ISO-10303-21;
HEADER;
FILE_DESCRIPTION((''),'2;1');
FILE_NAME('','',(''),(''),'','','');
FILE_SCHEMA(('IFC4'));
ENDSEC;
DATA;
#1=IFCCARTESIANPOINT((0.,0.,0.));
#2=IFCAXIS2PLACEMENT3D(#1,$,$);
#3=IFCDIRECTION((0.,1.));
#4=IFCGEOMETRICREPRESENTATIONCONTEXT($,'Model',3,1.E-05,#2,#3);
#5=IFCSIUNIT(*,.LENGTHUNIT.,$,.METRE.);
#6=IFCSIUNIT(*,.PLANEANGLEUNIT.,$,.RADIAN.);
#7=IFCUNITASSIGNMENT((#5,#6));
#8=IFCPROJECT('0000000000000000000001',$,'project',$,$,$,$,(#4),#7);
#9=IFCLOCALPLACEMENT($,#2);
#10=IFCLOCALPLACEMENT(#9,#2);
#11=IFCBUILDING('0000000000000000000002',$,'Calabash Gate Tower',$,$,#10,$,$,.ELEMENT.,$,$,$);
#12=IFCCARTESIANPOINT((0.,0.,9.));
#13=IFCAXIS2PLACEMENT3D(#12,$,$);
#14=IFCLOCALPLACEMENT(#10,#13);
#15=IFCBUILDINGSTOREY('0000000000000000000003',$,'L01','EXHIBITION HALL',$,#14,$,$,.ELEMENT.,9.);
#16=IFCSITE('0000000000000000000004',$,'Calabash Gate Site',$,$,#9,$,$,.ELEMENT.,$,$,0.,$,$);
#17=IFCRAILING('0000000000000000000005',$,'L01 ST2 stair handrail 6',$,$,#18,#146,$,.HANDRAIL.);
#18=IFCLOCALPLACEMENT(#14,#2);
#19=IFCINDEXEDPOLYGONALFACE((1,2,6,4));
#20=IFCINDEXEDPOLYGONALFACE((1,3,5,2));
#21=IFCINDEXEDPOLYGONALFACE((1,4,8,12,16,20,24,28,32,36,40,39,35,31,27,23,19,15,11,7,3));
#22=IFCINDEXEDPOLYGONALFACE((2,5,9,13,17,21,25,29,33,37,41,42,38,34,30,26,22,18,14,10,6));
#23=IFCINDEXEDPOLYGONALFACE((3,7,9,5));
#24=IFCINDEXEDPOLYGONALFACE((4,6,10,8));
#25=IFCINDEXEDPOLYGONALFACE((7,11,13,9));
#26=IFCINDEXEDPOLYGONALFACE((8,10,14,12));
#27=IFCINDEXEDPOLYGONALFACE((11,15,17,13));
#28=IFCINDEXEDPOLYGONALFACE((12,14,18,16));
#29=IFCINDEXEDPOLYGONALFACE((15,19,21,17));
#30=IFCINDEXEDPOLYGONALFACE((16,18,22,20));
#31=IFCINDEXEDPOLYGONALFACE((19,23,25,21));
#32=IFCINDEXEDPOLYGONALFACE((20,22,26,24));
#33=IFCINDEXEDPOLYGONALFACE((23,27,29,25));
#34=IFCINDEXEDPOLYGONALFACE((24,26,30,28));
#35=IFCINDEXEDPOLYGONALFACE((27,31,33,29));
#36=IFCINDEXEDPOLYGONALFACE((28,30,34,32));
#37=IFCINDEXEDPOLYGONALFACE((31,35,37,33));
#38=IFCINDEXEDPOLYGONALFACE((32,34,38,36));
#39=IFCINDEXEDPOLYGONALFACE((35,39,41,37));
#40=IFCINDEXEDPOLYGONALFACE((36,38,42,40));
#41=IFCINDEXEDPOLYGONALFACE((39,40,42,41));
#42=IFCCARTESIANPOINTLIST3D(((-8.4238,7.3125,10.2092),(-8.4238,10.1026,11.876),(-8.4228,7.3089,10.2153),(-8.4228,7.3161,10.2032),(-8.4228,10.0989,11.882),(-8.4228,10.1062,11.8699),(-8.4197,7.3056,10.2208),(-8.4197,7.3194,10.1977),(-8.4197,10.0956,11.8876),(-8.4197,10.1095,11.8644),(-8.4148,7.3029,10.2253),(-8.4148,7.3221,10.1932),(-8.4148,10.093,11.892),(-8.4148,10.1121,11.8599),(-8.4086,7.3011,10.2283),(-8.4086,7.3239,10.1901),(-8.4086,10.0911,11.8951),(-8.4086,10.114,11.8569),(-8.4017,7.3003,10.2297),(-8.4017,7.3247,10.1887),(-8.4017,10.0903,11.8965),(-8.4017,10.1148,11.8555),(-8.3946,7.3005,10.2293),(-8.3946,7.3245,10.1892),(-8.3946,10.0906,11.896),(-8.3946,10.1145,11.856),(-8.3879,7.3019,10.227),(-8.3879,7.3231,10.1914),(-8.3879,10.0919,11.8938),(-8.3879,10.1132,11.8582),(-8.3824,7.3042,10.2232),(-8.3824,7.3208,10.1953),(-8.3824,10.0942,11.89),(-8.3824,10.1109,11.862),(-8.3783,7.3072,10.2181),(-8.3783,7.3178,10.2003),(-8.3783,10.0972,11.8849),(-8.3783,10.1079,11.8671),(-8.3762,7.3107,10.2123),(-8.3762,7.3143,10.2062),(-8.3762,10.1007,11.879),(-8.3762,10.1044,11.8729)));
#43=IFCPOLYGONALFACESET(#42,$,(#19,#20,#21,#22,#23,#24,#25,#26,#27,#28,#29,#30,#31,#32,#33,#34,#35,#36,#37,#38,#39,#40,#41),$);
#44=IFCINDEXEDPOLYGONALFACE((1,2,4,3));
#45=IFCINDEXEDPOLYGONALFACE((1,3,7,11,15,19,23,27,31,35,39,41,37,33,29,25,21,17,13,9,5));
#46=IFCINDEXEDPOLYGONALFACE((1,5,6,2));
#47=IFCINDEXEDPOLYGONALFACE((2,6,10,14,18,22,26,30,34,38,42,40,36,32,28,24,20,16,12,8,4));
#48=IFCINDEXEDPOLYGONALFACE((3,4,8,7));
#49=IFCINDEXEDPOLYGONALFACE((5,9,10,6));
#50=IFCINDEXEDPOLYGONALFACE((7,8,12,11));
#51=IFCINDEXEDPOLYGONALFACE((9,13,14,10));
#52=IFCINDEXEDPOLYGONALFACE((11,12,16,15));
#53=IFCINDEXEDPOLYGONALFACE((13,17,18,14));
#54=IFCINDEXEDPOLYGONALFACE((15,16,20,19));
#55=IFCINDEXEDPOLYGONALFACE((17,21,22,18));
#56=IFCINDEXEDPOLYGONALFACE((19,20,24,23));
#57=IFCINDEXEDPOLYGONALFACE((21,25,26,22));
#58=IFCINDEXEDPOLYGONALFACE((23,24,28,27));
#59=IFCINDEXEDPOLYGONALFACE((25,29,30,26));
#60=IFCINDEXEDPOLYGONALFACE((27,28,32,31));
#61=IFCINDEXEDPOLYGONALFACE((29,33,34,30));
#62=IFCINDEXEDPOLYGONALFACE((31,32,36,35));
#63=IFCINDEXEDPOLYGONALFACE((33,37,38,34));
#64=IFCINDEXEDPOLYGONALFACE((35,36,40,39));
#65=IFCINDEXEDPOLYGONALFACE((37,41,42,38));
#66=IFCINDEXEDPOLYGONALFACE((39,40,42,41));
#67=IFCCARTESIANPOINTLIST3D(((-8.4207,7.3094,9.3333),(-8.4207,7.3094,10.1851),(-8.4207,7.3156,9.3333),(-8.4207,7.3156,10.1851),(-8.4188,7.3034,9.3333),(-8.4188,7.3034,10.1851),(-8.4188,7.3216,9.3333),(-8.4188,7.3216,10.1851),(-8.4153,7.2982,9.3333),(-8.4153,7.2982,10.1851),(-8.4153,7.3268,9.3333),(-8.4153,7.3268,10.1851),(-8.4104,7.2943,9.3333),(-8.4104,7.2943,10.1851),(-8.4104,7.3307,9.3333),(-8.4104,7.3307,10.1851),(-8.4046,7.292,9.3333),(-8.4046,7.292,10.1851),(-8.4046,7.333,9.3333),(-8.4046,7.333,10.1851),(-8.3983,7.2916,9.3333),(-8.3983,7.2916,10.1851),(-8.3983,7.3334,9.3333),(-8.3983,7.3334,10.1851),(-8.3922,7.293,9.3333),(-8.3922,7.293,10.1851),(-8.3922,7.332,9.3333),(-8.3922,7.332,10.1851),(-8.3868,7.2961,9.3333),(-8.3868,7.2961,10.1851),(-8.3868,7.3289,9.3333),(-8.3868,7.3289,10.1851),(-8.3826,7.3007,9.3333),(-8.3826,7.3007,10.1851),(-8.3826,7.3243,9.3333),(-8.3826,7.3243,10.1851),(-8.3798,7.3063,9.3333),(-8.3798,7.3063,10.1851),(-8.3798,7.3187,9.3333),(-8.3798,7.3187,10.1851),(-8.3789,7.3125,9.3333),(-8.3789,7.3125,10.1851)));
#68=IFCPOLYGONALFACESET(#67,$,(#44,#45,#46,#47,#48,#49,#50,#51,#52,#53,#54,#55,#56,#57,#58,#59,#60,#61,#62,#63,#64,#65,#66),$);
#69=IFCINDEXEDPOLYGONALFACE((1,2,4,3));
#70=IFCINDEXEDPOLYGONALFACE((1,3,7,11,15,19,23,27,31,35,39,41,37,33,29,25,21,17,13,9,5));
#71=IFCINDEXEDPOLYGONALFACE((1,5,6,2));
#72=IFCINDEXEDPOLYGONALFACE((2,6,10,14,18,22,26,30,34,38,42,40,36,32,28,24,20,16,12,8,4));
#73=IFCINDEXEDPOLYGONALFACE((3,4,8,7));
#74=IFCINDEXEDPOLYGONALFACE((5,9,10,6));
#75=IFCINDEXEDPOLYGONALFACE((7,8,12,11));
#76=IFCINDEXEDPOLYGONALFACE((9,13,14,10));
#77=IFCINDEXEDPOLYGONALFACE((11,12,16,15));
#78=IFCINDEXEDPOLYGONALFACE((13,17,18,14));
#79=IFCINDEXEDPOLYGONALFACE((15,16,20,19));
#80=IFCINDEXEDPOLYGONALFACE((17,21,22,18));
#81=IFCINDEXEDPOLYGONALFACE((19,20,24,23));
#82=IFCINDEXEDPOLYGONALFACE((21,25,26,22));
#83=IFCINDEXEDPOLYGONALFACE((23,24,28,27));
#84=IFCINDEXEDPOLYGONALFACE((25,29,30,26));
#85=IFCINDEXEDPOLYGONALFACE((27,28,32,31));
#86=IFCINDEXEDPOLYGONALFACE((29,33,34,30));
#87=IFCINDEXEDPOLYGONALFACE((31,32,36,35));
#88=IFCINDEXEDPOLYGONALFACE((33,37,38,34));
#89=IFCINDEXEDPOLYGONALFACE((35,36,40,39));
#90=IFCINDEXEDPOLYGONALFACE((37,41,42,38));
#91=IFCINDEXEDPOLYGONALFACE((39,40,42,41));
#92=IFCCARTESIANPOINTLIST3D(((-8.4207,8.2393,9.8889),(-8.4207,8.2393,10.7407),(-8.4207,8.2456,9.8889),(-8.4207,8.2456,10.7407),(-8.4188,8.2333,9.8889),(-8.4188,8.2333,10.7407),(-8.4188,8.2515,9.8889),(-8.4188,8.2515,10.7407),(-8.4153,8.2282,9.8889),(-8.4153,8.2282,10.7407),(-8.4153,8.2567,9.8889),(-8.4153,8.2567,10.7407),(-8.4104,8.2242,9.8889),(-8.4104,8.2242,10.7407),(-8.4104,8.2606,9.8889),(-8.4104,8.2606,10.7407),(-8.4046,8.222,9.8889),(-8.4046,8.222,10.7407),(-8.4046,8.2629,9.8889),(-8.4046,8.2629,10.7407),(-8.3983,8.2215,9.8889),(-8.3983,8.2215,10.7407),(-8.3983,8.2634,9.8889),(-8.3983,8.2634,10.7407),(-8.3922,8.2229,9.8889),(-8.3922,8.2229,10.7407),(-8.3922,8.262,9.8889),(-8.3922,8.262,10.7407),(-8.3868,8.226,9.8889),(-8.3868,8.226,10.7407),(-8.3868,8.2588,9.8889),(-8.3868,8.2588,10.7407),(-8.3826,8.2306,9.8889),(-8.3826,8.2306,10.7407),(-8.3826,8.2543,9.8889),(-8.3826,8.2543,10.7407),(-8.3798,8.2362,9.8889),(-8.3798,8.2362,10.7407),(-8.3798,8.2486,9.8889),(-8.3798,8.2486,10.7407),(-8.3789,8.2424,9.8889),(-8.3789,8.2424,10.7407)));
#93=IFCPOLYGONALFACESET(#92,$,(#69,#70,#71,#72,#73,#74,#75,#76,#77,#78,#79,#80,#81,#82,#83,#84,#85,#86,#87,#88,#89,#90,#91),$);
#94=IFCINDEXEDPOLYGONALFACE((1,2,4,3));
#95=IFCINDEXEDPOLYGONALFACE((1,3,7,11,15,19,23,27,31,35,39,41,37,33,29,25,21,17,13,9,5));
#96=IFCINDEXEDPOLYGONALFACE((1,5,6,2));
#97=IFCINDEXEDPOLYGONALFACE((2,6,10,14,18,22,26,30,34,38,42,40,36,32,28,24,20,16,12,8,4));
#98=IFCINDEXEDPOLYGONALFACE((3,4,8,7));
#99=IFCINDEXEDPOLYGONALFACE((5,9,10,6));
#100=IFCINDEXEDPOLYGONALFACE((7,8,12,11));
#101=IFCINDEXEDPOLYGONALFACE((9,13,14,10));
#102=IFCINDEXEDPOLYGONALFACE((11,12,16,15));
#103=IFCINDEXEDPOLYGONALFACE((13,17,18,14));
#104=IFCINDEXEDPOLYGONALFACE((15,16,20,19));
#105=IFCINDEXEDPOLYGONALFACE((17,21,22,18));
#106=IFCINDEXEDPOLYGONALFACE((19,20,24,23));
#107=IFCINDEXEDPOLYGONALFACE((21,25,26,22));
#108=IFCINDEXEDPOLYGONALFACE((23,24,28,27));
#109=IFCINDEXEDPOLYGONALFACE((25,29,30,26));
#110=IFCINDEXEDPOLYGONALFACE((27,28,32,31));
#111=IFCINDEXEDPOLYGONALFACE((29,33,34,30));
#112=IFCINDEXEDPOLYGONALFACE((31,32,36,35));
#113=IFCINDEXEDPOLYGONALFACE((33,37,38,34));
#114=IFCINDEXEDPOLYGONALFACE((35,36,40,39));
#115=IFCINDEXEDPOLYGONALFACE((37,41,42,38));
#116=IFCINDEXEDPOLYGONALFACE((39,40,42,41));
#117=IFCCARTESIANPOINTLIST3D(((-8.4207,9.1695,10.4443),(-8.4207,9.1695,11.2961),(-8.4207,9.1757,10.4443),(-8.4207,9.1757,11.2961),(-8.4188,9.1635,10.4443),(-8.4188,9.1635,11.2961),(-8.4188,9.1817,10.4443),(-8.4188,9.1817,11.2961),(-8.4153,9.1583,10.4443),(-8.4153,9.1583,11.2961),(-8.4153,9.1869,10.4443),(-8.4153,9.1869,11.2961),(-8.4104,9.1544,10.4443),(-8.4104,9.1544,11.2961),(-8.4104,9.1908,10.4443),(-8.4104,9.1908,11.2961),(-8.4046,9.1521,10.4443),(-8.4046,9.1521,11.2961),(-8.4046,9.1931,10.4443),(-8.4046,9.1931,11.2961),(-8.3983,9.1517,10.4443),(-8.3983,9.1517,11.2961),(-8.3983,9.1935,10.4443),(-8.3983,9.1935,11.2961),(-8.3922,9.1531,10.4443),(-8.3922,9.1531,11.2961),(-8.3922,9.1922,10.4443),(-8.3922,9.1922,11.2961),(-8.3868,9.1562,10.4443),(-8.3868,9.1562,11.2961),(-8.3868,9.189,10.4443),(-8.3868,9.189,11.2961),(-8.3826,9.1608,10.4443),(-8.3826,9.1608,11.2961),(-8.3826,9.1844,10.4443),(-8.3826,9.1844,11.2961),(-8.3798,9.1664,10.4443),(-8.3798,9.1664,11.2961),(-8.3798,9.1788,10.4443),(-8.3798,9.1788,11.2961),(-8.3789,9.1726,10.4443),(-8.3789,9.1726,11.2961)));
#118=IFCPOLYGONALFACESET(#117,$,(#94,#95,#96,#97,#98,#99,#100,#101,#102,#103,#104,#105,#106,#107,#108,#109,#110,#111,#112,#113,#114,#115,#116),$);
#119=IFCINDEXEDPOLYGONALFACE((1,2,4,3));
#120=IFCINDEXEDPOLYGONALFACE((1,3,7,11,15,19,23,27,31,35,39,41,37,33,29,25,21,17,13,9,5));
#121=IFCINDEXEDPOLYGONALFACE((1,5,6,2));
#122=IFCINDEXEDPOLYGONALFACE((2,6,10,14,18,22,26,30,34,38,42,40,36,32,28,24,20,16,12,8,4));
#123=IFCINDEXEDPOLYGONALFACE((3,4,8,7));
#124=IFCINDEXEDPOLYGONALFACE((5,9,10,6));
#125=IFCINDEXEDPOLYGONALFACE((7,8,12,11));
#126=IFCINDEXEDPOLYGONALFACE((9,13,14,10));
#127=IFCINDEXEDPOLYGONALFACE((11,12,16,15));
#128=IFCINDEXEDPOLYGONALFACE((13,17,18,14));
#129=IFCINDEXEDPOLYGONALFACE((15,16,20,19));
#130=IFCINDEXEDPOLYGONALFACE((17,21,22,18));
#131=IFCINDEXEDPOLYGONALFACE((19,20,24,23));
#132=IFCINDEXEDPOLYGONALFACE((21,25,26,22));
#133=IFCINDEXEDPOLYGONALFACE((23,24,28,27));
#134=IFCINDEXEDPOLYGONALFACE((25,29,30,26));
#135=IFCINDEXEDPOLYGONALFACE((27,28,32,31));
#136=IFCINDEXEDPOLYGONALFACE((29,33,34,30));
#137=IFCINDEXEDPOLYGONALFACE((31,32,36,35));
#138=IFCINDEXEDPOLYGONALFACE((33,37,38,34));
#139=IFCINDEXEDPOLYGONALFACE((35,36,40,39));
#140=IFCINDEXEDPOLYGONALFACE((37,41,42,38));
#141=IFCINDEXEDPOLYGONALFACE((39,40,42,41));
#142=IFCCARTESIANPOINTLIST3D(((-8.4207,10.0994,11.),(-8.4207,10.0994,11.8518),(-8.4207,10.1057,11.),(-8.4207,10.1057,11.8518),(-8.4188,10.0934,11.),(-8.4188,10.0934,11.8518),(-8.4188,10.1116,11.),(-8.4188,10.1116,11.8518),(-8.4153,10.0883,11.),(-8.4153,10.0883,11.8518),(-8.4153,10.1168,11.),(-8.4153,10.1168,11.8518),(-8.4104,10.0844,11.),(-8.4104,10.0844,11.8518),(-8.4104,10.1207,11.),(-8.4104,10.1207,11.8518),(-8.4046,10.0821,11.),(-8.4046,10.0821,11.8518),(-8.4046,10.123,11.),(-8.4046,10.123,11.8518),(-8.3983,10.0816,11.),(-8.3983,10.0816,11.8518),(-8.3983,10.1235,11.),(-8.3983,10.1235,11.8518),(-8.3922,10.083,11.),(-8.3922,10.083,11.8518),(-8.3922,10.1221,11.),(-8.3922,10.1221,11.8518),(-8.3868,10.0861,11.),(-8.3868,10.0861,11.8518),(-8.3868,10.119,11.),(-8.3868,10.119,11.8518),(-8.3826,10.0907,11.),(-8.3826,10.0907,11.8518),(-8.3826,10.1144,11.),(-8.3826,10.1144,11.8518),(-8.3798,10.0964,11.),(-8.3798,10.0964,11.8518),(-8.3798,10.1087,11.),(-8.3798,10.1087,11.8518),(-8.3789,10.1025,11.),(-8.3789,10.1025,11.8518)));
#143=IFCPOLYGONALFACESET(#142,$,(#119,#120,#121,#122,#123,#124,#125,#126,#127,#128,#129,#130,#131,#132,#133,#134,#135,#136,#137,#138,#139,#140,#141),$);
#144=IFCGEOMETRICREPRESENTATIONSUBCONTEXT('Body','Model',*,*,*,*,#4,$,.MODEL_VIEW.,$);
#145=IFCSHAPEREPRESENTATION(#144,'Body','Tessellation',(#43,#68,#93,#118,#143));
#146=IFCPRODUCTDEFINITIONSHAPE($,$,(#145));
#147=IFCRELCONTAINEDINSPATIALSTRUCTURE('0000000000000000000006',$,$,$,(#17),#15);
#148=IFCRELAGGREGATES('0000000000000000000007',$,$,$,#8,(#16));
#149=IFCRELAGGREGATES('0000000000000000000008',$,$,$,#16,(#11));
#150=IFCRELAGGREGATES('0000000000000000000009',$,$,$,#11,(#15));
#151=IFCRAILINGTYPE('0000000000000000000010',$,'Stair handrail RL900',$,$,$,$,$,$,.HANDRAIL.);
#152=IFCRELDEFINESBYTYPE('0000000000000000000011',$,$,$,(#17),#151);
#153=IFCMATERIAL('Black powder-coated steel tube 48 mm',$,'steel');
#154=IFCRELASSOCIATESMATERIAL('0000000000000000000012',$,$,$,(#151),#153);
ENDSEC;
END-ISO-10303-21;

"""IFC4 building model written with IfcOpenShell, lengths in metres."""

from ifc_helpers import new_model, si_unit, direction, frame, origin, origin_2d, place, context, subcontext, project, spatial, circle, extrude, material, type_object, element, save


model = new_model("IFC4")

# Units and contexts
model_context = context("Model", 3, precision=1e-05, world=origin(), true_north=direction((0.0, 1.0)))
body_context = subcontext(model_context, "Body", "Model", "MODEL_VIEW")
ifc_project = project(units=[si_unit("LENGTHUNIT", "METRE"), si_unit("PLANEANGLEUNIT", "RADIAN")], contexts=[model_context])

# Site, building, storey
site_placement = place(None, origin())
site = spatial("IfcSite", under=ifc_project, at=site_placement, Name="Calabash Gate Site", CompositionType="ELEMENT", RefElevation=0.0)
building_placement = place(site_placement, origin())
building = spatial("IfcBuilding", under=site, at=building_placement, Name="Calabash Gate Tower", CompositionType="ELEMENT")
storey_placement = place(building_placement, frame((0.0, 0.0, 9.0)))
storey = spatial("IfcBuildingStorey", under=building, at=storey_placement, Name="L01", Description="EXHIBITION HALL", CompositionType="ELEMENT", Elevation=9.0)

# Railing
ifc_material_1 = material(Name="Black powder-coated steel tube 48 mm", Category="steel")
railing_type = type_object("IfcRailingType", Name="Stair handrail RL900", PredefinedType="HANDRAIL", material=ifc_material_1)
railing_1_placement = place(storey_placement, frame((-8.3999, 7.3125, 9.3333)))
element("IfcRailing", 1, at=railing_1_placement, inside=storey, type_object=railing_type, Name="L01 ST2 stair handrail 6", PredefinedType="HANDRAIL", context=body_context, shape_type="SweptSolid", body=[
    extrude(circle(Radius=0.0239, at=origin_2d()), frame((0.0, 0.0, 0.876), z_axis=(0.0, 0.858479, 0.512849), x_axis=(-1.0, 0.0, 0.0)), (0.0, 0.0, 1.0), 3.25),
    extrude(circle(Radius=0.021, at=origin_2d()), origin(), (0.0, 0.0, 1.0), 0.8518),
    extrude(circle(Radius=0.021, at=origin_2d()), frame((0.0, 0.9299, 0.5557)), (0.0, 0.0, 1.0), 0.8518),
    extrude(circle(Radius=0.021, at=origin_2d()), frame((0.0, 1.8601, 1.1111)), (0.0, 0.0, 1.0), 0.8518),
    extrude(circle(Radius=0.021, at=origin_2d()), frame((0.0, 2.79, 1.6667)), (0.0, 0.0, 1.0), 0.8518),
])

save(model, "model.ifc")
